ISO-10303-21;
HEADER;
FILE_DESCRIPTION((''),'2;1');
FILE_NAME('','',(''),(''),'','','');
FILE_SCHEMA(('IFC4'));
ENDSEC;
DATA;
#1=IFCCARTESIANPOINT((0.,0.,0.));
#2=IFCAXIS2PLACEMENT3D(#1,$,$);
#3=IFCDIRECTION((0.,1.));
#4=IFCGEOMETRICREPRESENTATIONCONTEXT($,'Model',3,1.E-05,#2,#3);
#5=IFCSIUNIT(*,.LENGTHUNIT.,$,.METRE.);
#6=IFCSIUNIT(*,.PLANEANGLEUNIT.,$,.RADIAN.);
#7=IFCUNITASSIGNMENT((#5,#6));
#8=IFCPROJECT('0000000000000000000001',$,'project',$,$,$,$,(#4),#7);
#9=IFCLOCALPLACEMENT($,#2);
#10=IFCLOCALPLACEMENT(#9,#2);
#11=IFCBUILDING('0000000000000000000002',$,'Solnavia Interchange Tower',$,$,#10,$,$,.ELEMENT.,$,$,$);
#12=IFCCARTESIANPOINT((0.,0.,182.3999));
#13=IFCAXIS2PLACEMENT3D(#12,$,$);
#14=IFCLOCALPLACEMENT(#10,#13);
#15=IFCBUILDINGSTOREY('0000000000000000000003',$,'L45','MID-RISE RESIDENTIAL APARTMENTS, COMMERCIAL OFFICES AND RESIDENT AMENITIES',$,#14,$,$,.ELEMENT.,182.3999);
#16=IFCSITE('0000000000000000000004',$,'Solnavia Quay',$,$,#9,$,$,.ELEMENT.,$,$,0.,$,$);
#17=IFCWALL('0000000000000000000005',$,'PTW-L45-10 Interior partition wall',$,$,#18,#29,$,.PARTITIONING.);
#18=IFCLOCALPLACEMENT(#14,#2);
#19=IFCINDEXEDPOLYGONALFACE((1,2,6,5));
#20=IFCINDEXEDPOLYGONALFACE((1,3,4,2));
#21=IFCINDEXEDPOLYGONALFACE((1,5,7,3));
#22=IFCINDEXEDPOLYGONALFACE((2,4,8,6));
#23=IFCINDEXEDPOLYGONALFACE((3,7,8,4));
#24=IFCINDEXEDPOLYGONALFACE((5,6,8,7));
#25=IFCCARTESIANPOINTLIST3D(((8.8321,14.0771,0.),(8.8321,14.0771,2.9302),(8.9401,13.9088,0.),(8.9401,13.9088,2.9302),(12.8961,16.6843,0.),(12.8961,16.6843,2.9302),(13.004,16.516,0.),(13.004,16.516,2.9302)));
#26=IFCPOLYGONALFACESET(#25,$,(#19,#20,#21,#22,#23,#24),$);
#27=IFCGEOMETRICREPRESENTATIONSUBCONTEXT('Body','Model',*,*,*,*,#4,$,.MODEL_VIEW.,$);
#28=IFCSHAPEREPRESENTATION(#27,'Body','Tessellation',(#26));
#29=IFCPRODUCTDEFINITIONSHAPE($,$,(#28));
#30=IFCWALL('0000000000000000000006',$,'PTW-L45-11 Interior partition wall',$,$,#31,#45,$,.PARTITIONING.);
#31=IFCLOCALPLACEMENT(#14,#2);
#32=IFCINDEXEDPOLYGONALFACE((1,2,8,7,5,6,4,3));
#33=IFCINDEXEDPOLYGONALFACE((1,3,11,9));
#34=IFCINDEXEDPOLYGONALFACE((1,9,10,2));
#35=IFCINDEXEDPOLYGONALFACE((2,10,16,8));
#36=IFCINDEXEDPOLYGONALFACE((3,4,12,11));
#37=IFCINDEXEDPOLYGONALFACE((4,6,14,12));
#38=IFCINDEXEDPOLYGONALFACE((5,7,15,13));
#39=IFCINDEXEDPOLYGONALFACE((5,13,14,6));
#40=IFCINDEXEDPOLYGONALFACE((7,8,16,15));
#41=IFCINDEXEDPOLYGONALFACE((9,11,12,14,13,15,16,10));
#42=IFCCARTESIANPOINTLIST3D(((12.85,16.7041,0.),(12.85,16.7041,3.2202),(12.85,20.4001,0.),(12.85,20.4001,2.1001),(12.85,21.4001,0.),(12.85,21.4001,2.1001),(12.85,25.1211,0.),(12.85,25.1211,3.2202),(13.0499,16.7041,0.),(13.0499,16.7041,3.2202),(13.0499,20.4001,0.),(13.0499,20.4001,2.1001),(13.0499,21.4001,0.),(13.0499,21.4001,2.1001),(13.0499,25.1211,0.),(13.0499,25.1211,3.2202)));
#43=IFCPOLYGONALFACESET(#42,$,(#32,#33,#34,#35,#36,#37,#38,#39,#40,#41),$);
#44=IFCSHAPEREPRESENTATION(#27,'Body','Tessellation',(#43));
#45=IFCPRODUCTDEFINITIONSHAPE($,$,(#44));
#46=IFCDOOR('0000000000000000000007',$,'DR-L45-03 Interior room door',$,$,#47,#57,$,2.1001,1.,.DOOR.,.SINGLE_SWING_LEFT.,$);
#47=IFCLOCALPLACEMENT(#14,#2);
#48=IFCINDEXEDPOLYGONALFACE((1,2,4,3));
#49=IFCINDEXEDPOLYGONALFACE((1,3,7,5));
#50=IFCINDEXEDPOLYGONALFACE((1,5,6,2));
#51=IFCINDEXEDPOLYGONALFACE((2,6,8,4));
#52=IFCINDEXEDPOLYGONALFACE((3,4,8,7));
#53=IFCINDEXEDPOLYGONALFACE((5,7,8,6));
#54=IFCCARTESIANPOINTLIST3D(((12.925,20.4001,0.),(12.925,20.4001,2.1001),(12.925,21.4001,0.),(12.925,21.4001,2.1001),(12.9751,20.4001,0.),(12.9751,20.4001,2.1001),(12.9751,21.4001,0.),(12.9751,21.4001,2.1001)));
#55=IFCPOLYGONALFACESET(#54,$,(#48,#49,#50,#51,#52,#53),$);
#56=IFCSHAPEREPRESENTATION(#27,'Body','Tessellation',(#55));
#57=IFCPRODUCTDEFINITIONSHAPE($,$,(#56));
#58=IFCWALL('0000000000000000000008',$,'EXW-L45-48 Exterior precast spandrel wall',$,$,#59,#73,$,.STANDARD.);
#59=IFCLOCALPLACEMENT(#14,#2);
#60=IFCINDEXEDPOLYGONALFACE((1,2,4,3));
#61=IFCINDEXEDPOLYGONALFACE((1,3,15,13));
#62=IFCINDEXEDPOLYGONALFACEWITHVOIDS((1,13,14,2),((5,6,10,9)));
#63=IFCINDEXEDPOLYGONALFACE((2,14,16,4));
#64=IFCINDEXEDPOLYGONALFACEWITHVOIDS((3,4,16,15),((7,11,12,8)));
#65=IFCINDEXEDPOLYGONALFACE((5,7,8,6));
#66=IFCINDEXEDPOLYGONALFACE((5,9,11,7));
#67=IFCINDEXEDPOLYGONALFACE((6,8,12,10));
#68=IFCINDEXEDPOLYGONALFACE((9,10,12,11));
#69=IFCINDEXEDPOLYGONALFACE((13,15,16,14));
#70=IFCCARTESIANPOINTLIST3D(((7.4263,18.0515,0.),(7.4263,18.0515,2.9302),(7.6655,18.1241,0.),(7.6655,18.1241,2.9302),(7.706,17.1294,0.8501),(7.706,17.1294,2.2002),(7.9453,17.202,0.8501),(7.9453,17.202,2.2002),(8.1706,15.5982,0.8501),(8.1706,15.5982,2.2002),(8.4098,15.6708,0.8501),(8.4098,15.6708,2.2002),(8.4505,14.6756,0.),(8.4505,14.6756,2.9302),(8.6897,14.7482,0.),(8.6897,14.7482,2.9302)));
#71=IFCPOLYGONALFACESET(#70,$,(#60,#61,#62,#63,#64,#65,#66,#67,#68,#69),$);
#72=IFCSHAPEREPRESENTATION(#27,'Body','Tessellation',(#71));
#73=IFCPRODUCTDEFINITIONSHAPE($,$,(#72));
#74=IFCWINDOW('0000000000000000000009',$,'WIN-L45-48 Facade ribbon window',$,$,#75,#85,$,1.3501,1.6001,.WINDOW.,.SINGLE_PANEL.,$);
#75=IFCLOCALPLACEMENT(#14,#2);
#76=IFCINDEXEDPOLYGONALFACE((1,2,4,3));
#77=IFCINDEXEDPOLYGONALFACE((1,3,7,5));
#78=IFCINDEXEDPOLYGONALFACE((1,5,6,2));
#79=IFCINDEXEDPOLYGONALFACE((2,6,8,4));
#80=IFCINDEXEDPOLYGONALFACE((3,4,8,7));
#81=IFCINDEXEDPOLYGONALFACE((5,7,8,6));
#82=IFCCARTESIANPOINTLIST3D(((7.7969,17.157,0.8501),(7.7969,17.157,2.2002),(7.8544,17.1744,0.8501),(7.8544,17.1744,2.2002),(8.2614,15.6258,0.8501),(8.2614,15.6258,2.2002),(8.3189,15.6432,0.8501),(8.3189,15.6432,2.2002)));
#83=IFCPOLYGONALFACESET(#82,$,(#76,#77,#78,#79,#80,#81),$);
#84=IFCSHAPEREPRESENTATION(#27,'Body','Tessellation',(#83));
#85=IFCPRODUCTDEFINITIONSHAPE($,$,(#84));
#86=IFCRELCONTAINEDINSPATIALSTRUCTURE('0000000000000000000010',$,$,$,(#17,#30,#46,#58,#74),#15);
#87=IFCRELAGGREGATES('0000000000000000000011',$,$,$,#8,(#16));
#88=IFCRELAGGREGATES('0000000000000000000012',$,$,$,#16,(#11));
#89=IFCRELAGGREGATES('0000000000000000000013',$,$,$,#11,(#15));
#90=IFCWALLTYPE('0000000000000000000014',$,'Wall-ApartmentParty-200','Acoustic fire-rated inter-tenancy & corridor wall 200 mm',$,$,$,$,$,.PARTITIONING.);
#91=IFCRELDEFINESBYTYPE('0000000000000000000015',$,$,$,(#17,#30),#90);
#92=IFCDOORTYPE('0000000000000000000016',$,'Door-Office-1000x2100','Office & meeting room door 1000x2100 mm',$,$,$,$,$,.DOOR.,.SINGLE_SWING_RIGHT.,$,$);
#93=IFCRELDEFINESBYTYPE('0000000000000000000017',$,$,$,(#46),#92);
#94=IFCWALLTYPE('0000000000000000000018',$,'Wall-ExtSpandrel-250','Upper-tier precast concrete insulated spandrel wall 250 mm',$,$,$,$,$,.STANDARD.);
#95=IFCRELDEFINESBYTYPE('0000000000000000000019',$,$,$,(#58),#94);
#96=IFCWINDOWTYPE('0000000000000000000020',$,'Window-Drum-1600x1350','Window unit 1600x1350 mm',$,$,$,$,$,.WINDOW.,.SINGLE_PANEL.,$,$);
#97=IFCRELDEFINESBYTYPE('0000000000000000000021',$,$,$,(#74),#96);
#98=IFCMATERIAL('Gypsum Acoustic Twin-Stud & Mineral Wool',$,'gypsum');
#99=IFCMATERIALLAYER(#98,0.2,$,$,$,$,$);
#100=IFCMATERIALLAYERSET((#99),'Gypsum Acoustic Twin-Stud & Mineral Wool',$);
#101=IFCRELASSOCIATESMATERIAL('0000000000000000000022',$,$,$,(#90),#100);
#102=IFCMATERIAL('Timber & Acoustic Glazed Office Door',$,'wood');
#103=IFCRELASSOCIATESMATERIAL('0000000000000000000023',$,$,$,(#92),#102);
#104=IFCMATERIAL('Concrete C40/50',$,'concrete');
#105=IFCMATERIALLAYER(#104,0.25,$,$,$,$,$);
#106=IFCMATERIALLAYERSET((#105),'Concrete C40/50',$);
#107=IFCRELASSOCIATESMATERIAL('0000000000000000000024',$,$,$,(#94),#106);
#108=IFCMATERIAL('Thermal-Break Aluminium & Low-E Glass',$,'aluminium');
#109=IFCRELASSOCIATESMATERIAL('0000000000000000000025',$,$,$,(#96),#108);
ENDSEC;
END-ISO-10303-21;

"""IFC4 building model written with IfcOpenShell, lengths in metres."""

from ifc_helpers import new_model, si_unit, direction, frame, frame_2d, origin, place, context, subcontext, project, spatial, rectangle, extrude, material, layer, layer_set, type_object, element, fill, save


model = new_model("IFC4")

# Units and contexts
model_context = context("Model", 3, precision=1e-05, world=origin(), true_north=direction((0.0, 1.0)))
body_context = subcontext(model_context, "Body", "Model", "MODEL_VIEW")
ifc_project = project(units=[si_unit("LENGTHUNIT", "METRE"), si_unit("PLANEANGLEUNIT", "RADIAN")], contexts=[model_context])

# Site, building, storey
site_placement = place(None, origin())
site = spatial("IfcSite", under=ifc_project, at=site_placement, Name="Solnavia Quay", CompositionType="ELEMENT", RefElevation=0.0)
building_placement = place(site_placement, origin())
building = spatial("IfcBuilding", under=site, at=building_placement, Name="Solnavia Interchange Tower", CompositionType="ELEMENT")
storey_placement = place(building_placement, frame((0.0, 0.0, 182.3999)))
storey = spatial("IfcBuildingStorey", under=building, at=storey_placement, Name="L45", Description="MID-RISE RESIDENTIAL APARTMENTS, COMMERCIAL OFFICES AND RESIDENT AMENITIES", CompositionType="ELEMENT", Elevation=182.3999)

# Wall
ifc_material_1 = material(Name="Gypsum Acoustic Twin-Stud & Mineral Wool", Category="gypsum")
ifc_layer_1 = layer(ifc_material_1, 0.2)
ifc_layer_set_1 = layer_set([ifc_layer_1], Name="Gypsum Acoustic Twin-Stud & Mineral Wool")
wall_type_1 = type_object("IfcWallType", Name="Wall-ApartmentParty-200", Description="Acoustic fire-rated inter-tenancy & corridor wall 200 mm", PredefinedType="PARTITIONING", material=ifc_layer_set_1)
wall_1_placement = place(storey_placement, frame((12.95, 16.6001, 0.0), z_axis=(0.0, 0.0, 1.0), x_axis=(-0.841684, -0.53997, 0.0)))
element("IfcWall", 1, at=wall_1_placement, inside=storey, type_object=wall_type_1, Name="PTW-L45-10 Interior partition wall", PredefinedType="PARTITIONING", context=body_context, shape_type="SweptSolid", body=[
    extrude(rectangle(XDim=4.8284, YDim=0.2, at=frame_2d((2.4141, 0.0))), origin(), (0.0, 0.0, 1.0), 2.9302),
])

# Wall, opening, door
wall_2_placement = place(storey_placement, frame((12.95, 16.7041, 0.0), z_axis=(0.0, 0.0, 1.0), x_axis=(0.0, 1.0, 0.0)))
wall_2 = element("IfcWall", 2, at=wall_2_placement, inside=storey, type_object=wall_type_1, Name="PTW-L45-11 Interior partition wall", PredefinedType="PARTITIONING", context=body_context, shape_type="SweptSolid", body=[
    extrude(rectangle(XDim=8.417, YDim=0.2, at=frame_2d((4.2085, 0.0))), origin(), (0.0, 0.0, 1.0), 3.2202),
])
opening_1_placement = place(wall_2_placement, frame((3.696, 0.0, 0.0)))
opening_1 = element("IfcOpeningElement", 3, at=opening_1_placement, cuts=wall_2, PredefinedType="OPENING", context=body_context, shape_type="SweptSolid", body=[
    extrude(rectangle(XDim=1.0, YDim=2.1001, at=frame_2d((0.5, 1.05))), frame((0.0, 0.1099, 0.0), z_axis=(0.0, -1.0, 0.0), x_axis=(1.0, 0.0, 0.0)), (0.0, 0.0, 1.0), 0.22),
])
ifc_material_2 = material(Name="Timber & Acoustic Glazed Office Door", Category="wood")
door_type = type_object("IfcDoorType", Name="Door-Office-1000x2100", Description="Office & meeting room door 1000x2100 mm", OperationType="SINGLE_SWING_RIGHT", PredefinedType="DOOR", material=ifc_material_2)
door_placement = place(opening_1_placement, origin())
door = element("IfcDoor", 4, at=door_placement, inside=storey, type_object=door_type, Name="DR-L45-03 Interior room door", OperationType="SINGLE_SWING_LEFT", OverallHeight=2.1001, OverallWidth=1.0, PredefinedType="DOOR", context=body_context, shape_type="SweptSolid", body=[
    extrude(rectangle(XDim=1.0, YDim=2.1001, at=frame_2d((0.5, 1.05))), frame((0.0, 0.0249, 0.0), z_axis=(0.0, -1.0, 0.0), x_axis=(1.0, 0.0, 0.0)), (0.0, 0.0, 1.0), 0.05),
])
fill(opening_1, door)

# Wall, opening, window
ifc_material_3 = material(Name="Concrete C40/50", Category="concrete")
ifc_layer_2 = layer(ifc_material_3, 0.25)
ifc_layer_set_2 = layer_set([ifc_layer_2], Name="Concrete C40/50")
wall_type_2 = type_object("IfcWallType", Name="Wall-ExtSpandrel-250", Description="Upper-tier precast concrete insulated spandrel wall 250 mm", PredefinedType="STANDARD", material=ifc_layer_set_2)
wall_3_placement = place(storey_placement, frame((8.5701, 14.7119, 0.0), z_axis=(0.0, 0.0, 1.0), x_axis=(-0.290305, 0.956934, 0.0)))
wall_3 = element("IfcWall", 5, at=wall_3_placement, inside=storey, type_object=wall_type_2, Name="EXW-L45-48 Exterior precast spandrel wall", PredefinedType="STANDARD", context=body_context, shape_type="SweptSolid", body=[
    extrude(rectangle(XDim=3.5278, YDim=0.25, at=frame_2d((1.7639, 0.0))), origin(), (0.0, 0.0, 1.0), 2.9302),
])
opening_2_placement = place(wall_3_placement, frame((0.9641, 0.0, 0.8501)))
opening_2 = element("IfcOpeningElement", 6, at=opening_2_placement, cuts=wall_3, PredefinedType="OPENING", context=body_context, shape_type="SweptSolid", body=[
    extrude(rectangle(XDim=1.6001, YDim=1.3501, at=frame_2d((0.8, 0.675))), frame((0.0, 0.135, 0.0), z_axis=(0.0, -1.0, 0.0), x_axis=(1.0, 0.0, 0.0)), (0.0, 0.0, 1.0), 0.27),
])
ifc_material_4 = material(Name="Thermal-Break Aluminium & Low-E Glass", Category="aluminium")
window_type = type_object("IfcWindowType", Name="Window-Drum-1600x1350", Description="Window unit 1600x1350 mm", PartitioningType="SINGLE_PANEL", PredefinedType="WINDOW", material=ifc_material_4)
window_placement = place(opening_2_placement, origin())
window = element("IfcWindow", 7, at=window_placement, inside=storey, type_object=window_type, Name="WIN-L45-48 Facade ribbon window", OverallHeight=1.3501, OverallWidth=1.6001, PartitioningType="SINGLE_PANEL", PredefinedType="WINDOW", context=body_context, shape_type="SweptSolid", body=[
    extrude(rectangle(XDim=1.6001, YDim=1.3501, at=frame_2d((0.8, 0.675))), frame((0.0, 0.03, 0.0), z_axis=(0.0, -1.0, 0.0), x_axis=(1.0, 0.0, 0.0)), (0.0, 0.0, 1.0), 0.0601),
])
fill(opening_2, window)

save(model, "model.ifc")
